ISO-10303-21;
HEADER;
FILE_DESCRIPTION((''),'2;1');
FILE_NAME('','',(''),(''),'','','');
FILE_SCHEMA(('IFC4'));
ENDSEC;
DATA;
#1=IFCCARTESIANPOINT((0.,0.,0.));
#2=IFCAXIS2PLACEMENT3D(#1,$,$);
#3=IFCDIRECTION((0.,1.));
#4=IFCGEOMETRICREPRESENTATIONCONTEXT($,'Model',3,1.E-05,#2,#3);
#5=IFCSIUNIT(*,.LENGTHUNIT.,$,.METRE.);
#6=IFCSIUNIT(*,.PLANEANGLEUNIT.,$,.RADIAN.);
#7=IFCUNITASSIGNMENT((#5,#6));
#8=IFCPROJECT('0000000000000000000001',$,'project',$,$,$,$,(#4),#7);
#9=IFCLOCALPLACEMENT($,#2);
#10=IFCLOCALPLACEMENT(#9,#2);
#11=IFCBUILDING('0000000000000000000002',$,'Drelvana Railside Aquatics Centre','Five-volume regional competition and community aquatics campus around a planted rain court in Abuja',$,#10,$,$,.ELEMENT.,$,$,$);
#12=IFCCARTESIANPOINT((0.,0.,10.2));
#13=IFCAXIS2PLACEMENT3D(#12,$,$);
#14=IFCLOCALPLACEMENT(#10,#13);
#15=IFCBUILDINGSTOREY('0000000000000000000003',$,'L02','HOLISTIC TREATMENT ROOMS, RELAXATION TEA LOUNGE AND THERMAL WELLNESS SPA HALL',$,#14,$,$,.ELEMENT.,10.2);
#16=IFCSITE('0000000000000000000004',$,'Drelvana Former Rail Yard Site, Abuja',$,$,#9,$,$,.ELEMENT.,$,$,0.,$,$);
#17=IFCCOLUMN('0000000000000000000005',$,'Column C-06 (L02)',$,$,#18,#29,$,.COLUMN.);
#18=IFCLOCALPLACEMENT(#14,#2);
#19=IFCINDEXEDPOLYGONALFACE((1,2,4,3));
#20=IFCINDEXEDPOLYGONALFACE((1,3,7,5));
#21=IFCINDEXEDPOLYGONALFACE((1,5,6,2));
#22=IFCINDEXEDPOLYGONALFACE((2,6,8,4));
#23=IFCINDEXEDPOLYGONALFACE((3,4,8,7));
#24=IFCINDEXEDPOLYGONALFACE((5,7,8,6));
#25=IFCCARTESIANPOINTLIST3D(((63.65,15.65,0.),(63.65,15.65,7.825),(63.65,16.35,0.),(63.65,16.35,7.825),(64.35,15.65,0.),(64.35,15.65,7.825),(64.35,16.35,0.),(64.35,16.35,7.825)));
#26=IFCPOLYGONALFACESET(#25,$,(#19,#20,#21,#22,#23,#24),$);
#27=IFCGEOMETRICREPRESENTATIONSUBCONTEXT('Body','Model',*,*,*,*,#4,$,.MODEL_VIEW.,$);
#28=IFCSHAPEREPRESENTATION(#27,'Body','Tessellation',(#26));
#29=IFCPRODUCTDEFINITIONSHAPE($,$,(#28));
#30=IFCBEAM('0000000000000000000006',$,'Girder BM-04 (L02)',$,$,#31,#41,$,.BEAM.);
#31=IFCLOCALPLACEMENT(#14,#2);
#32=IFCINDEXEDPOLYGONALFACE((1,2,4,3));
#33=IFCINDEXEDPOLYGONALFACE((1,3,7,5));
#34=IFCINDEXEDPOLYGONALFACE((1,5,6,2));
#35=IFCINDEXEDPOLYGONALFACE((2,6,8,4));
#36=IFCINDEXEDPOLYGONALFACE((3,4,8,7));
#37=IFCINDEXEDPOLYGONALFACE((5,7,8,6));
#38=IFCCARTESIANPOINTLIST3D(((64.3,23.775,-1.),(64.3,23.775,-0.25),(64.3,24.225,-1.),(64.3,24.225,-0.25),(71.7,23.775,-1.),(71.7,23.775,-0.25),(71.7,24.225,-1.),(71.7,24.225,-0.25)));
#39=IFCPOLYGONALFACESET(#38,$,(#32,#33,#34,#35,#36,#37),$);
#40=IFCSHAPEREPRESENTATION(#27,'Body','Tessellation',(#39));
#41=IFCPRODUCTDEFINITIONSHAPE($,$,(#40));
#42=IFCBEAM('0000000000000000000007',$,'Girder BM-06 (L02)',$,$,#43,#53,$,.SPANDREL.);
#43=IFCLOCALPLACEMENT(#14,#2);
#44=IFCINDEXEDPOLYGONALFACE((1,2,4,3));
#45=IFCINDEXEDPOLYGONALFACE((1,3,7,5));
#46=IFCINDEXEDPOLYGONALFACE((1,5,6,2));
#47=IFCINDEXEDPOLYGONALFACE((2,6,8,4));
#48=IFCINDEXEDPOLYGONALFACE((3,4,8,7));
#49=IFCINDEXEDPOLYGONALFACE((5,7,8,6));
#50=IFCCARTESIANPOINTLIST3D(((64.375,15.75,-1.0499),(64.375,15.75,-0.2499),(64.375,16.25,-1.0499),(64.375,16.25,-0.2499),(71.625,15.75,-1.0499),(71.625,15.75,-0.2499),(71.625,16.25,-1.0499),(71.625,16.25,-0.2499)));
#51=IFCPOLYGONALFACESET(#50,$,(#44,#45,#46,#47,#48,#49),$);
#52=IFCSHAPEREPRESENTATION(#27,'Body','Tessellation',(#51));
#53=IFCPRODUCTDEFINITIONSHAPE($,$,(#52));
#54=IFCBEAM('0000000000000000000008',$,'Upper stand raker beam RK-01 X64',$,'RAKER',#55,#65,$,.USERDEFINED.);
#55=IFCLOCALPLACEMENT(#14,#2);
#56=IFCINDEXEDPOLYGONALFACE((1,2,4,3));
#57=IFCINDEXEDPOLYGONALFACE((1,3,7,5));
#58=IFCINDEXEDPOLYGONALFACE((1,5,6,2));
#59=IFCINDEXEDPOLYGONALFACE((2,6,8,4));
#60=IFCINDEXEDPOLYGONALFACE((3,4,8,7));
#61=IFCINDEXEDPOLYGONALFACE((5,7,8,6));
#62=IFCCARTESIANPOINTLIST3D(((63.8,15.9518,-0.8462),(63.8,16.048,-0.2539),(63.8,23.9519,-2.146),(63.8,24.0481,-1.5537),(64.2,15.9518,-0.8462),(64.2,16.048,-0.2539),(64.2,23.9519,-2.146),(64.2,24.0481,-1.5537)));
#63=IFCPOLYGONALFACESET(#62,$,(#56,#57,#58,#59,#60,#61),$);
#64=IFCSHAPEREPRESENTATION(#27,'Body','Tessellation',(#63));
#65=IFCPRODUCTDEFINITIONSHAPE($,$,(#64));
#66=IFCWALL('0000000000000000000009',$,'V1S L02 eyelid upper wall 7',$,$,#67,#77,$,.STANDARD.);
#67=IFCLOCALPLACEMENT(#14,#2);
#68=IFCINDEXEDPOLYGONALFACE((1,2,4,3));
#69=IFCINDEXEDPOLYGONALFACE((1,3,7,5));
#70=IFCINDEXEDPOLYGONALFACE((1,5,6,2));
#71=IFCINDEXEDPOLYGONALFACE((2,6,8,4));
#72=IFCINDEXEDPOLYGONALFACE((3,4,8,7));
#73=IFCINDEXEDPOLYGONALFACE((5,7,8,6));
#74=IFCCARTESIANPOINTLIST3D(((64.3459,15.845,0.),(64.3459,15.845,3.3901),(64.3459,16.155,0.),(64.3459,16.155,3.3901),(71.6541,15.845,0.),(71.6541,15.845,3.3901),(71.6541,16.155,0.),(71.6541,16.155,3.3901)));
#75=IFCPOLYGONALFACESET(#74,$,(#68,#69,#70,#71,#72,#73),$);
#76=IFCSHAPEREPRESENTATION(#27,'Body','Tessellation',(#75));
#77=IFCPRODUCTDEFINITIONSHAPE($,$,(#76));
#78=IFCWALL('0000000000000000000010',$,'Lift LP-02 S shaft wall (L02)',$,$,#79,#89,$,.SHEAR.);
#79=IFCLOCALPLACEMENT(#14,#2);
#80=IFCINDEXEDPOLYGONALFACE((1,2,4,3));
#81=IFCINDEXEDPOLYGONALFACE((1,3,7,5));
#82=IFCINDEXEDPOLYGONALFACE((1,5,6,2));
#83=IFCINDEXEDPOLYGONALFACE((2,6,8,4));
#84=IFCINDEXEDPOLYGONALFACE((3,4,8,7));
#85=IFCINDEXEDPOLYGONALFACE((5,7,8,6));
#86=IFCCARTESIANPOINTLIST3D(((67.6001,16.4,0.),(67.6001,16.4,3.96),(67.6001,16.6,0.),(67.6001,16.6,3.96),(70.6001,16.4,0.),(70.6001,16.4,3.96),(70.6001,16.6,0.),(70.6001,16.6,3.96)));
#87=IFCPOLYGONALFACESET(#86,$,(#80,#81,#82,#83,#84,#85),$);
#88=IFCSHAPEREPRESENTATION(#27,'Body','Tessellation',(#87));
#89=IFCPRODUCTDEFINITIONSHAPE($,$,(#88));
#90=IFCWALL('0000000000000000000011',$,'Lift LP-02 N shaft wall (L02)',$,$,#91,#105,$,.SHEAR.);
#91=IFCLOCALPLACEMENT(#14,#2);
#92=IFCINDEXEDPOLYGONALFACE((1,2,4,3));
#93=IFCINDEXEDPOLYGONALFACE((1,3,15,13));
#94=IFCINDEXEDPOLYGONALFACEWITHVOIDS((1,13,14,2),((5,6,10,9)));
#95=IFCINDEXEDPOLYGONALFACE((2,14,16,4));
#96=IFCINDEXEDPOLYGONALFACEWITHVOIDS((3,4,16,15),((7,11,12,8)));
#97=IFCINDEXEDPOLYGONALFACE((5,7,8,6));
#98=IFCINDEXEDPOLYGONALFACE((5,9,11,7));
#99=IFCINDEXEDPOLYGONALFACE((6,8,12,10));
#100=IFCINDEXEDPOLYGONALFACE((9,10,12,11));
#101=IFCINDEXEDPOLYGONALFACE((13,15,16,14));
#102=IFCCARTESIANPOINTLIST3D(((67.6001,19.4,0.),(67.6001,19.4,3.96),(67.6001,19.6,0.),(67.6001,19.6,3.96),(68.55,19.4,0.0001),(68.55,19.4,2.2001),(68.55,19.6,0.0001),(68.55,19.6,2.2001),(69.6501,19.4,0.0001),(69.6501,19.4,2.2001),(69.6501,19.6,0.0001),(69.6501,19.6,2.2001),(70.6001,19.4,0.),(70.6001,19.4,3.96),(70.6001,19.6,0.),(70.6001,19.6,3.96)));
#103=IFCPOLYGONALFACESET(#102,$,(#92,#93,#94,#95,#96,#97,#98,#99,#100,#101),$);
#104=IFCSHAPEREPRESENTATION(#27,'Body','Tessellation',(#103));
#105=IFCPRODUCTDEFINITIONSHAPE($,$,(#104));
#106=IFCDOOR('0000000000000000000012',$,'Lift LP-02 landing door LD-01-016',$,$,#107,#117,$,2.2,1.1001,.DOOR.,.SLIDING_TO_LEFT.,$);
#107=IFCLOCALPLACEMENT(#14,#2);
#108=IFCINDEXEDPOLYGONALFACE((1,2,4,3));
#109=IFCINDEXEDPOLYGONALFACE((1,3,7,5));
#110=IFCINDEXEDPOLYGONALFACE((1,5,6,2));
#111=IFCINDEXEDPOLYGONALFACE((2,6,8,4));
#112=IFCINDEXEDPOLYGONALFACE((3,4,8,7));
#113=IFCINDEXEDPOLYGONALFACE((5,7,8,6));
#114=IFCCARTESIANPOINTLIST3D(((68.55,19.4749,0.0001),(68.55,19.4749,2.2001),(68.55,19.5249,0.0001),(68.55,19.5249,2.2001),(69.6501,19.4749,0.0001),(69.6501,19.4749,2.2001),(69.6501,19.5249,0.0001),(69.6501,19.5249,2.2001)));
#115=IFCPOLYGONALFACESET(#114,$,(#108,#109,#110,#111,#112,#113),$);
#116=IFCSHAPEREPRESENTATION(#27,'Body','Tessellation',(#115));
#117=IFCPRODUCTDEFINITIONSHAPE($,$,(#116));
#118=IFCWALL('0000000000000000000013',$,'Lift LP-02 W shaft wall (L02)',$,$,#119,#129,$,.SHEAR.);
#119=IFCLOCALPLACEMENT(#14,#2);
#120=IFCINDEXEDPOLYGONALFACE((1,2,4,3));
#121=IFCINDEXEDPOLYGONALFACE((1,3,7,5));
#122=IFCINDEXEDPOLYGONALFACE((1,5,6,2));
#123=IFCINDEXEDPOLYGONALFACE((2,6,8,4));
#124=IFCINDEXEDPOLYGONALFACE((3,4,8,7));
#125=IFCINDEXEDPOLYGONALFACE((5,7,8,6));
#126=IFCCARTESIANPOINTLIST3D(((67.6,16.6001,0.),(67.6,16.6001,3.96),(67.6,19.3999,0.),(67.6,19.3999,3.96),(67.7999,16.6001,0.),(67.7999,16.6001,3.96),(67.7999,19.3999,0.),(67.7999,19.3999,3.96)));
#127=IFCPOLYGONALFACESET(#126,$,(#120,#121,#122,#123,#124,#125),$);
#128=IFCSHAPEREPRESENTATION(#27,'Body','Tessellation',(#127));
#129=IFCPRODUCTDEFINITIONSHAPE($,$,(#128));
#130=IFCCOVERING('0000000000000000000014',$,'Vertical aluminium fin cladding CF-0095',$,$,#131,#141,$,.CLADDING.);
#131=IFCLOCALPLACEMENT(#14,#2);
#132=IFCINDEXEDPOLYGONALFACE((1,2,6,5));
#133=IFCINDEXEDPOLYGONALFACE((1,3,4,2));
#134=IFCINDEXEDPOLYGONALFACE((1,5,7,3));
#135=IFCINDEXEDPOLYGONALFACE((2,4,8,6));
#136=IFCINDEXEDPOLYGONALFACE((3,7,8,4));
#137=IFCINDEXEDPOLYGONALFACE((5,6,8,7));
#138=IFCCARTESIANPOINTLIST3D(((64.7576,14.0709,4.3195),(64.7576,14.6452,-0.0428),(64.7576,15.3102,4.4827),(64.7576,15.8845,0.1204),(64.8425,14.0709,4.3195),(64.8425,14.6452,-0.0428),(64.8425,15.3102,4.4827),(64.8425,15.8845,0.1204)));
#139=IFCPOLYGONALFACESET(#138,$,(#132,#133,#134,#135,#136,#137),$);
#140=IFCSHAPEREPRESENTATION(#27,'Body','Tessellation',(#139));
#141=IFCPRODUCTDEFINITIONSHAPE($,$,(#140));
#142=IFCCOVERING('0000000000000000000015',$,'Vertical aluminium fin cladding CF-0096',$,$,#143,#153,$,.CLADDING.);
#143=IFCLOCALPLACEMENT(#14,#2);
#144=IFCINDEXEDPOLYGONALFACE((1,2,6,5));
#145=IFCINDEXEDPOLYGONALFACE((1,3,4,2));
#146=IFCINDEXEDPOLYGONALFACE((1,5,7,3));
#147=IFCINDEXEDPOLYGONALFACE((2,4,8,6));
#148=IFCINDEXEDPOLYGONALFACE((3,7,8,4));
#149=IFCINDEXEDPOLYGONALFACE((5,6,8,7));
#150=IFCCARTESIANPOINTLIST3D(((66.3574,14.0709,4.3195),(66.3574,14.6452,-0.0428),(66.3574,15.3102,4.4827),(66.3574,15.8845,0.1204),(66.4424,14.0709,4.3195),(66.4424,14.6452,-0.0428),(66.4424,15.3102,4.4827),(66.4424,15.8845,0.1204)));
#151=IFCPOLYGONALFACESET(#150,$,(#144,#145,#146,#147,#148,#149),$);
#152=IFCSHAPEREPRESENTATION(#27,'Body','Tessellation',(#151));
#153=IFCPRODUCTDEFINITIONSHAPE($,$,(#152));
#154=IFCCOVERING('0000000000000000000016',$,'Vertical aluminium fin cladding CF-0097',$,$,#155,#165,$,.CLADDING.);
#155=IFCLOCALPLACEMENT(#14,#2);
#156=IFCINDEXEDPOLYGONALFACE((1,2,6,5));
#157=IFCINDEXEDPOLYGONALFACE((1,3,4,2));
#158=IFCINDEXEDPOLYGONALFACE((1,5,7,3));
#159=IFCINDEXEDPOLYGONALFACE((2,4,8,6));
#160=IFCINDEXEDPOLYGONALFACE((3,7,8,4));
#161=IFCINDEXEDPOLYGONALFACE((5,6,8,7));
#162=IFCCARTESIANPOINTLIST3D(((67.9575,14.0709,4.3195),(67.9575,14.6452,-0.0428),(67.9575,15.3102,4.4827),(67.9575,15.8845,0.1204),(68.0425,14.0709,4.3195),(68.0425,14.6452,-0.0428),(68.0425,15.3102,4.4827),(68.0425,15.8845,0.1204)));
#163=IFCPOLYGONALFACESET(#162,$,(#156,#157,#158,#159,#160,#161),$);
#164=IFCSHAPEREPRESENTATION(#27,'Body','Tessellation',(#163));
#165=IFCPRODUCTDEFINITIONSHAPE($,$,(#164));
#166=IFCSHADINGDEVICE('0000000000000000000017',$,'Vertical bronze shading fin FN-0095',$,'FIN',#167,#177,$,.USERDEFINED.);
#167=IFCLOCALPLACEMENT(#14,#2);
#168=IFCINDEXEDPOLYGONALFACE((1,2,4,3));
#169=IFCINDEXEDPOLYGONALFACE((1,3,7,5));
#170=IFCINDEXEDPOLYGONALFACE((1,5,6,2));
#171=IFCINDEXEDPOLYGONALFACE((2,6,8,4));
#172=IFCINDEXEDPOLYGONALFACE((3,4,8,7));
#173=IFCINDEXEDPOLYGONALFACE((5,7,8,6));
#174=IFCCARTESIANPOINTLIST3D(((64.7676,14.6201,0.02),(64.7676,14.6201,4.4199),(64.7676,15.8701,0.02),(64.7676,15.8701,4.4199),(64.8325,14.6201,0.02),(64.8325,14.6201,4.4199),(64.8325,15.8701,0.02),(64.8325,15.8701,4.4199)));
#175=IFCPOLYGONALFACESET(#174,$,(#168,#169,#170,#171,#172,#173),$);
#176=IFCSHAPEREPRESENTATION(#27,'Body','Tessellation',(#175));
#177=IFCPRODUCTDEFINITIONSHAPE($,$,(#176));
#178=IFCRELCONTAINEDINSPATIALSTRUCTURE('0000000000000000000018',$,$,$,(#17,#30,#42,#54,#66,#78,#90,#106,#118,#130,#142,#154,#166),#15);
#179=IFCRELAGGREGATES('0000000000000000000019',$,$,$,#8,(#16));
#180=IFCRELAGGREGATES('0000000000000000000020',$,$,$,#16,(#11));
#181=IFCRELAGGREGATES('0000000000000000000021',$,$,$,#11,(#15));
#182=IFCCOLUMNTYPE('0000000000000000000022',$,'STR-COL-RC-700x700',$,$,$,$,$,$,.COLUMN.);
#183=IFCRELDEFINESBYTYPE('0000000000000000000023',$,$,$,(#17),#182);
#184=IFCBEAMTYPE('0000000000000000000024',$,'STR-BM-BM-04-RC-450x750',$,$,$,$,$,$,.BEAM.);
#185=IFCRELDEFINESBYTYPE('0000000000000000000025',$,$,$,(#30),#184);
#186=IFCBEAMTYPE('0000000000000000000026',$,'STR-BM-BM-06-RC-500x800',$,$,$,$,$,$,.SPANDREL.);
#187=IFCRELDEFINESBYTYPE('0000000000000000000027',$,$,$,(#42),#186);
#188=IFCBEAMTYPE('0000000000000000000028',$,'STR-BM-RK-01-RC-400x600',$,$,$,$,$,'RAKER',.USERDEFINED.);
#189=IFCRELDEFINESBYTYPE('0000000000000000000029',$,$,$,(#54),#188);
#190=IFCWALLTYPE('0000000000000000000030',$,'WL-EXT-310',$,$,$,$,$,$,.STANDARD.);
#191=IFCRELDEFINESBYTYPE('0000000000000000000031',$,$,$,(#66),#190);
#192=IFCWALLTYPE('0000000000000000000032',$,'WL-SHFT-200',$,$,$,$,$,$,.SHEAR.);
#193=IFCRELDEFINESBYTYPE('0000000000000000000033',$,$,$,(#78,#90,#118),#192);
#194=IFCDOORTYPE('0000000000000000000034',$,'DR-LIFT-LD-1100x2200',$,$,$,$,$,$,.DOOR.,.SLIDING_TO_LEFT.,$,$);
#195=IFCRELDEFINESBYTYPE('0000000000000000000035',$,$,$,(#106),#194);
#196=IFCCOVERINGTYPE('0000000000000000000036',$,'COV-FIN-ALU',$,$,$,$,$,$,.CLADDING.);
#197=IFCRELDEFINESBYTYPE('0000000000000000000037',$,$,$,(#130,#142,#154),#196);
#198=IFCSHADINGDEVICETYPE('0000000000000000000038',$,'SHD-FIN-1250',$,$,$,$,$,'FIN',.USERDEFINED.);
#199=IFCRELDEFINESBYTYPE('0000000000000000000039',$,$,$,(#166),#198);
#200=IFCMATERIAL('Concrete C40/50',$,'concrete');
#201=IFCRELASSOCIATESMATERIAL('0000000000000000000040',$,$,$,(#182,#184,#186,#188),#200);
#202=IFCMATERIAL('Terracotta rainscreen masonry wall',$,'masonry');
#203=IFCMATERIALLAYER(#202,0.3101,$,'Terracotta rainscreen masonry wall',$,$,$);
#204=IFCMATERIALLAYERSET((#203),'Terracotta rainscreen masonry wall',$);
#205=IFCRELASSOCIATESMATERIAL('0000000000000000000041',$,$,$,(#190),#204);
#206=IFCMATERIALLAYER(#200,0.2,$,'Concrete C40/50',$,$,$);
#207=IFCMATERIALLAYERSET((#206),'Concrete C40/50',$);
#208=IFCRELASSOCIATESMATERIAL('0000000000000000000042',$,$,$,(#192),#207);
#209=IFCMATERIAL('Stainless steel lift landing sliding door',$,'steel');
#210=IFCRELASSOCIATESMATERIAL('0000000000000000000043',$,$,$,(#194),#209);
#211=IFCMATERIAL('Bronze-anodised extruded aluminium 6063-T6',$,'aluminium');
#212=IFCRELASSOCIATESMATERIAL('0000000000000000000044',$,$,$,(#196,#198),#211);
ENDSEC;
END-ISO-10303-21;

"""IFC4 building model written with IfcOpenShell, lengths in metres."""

from ifc_helpers import new_model, si_unit, direction, frame, frame_2d, origin, origin_2d, place, context, subcontext, project, spatial, rectangle, extrude, material, layer, layer_set, material_profile, profile_set, type_object, element, fill, save


model = new_model("IFC4")

# Units and contexts
model_context = context("Model", 3, precision=1e-05, world=origin(), true_north=direction((0.0, 1.0)))
body_context = subcontext(model_context, "Body", "Model", "MODEL_VIEW")
ifc_project = project(units=[si_unit("LENGTHUNIT", "METRE"), si_unit("PLANEANGLEUNIT", "RADIAN")], contexts=[model_context])

# Site, building, storey
site_placement = place(None, origin())
site = spatial("IfcSite", under=ifc_project, at=site_placement, Name="Drelvana Former Rail Yard Site, Abuja", CompositionType="ELEMENT", RefElevation=0.0)
building_placement = place(site_placement, origin())
building = spatial("IfcBuilding", under=site, at=building_placement, Name="Drelvana Railside Aquatics Centre", Description="Five-volume regional competition and community aquatics campus around a planted rain court in Abuja", CompositionType="ELEMENT")
storey_placement = place(building_placement, frame((0.0, 0.0, 10.2)))
storey = spatial("IfcBuildingStorey", under=building, at=storey_placement, Name="L02", Description="HOLISTIC TREATMENT ROOMS, RELAXATION TEA LOUNGE AND THERMAL WELLNESS SPA HALL", CompositionType="ELEMENT", Elevation=10.2)

# Column
ifc_material_1 = material(Name="Concrete C40/50", Category="concrete")
ifc_material_profile_1 = material_profile(ifc_material_1, rectangle(XDim=0.7, YDim=0.7, at=origin_2d()), Name="RC 700x700")
ifc_profile_set_1 = profile_set([ifc_material_profile_1], Name="Concrete C40/50")
column_type = type_object("IfcColumnType", Name="STR-COL-RC-700x700", PredefinedType="COLUMN", material=ifc_profile_set_1)
column_placement = place(storey_placement, frame((64.0, 16.0, 0.0), z_axis=(0.0, 0.0, 1.0), x_axis=(1.0, 0.0, 0.0)))
element("IfcColumn", 1, at=column_placement, inside=storey, type_object=column_type, Name="Column C-06 (L02)", PredefinedType="COLUMN", context=body_context, shape_type="SweptSolid", body=[
    extrude(rectangle(XDim=0.7, YDim=0.7, at=origin_2d()), origin(), (0.0, 0.0, 1.0), 7.825),
])

# Beams
ifc_material_profile_2 = material_profile(ifc_material_1, rectangle(XDim=0.45, YDim=0.75, at=origin_2d()), Name="RC 450x750")
ifc_profile_set_2 = profile_set([ifc_material_profile_2], Name="Concrete C40/50")
beam_type_1 = type_object("IfcBeamType", Name="STR-BM-BM-04-RC-450x750", PredefinedType="BEAM", material=ifc_profile_set_2)
beam_1_placement = place(storey_placement, frame((64.3, 24.0, -0.625), z_axis=(1.0, 0.0, 0.0), x_axis=(0.0, 1.0, 0.0)))
element("IfcBeam", 2, at=beam_1_placement, inside=storey, type_object=beam_type_1, Name="Girder BM-04 (L02)", PredefinedType="BEAM", context=body_context, shape_type="SweptSolid", body=[
    extrude(rectangle(XDim=0.45, YDim=0.75, at=origin_2d()), origin(), (0.0, 0.0, 1.0), 7.3999),
])
ifc_material_profile_3 = material_profile(ifc_material_1, rectangle(XDim=0.5, YDim=0.8, at=origin_2d()), Name="RC 500x800")
ifc_profile_set_3 = profile_set([ifc_material_profile_3], Name="Concrete C40/50")
beam_type_2 = type_object("IfcBeamType", Name="STR-BM-BM-06-RC-500x800", PredefinedType="SPANDREL", material=ifc_profile_set_3)
beam_2_placement = place(storey_placement, frame((64.375, 16.0, -0.6499), z_axis=(1.0, 0.0, 0.0), x_axis=(0.0, 1.0, 0.0)))
element("IfcBeam", 3, at=beam_2_placement, inside=storey, type_object=beam_type_2, Name="Girder BM-06 (L02)", PredefinedType="SPANDREL", context=body_context, shape_type="SweptSolid", body=[
    extrude(rectangle(XDim=0.5, YDim=0.8, at=origin_2d()), origin(), (0.0, 0.0, 1.0), 7.25),
])
ifc_material_profile_4 = material_profile(ifc_material_1, rectangle(XDim=0.3999, YDim=0.6001, at=origin_2d()), Name="RC 400x600")
ifc_profile_set_4 = profile_set([ifc_material_profile_4], Name="Concrete C40/50")
beam_type_3 = type_object("IfcBeamType", Name="STR-BM-RK-01-RC-400x600", ElementType="RAKER", PredefinedType="USERDEFINED", material=ifc_profile_set_4)
beam_3_placement = place(storey_placement, frame((64.0, 24.0, -1.8499), z_axis=(0.0, -0.987057, 0.160373), x_axis=(1.0, 0.0, 0.0)))
element("IfcBeam", 4, at=beam_3_placement, inside=storey, type_object=beam_type_3, Name="Upper stand raker beam RK-01 X64", ObjectType="RAKER", PredefinedType="USERDEFINED", context=body_context, shape_type="SweptSolid", body=[
    extrude(rectangle(XDim=0.3999, YDim=0.6001, at=origin_2d()), origin(), (0.0, 0.0, 1.0), 8.105),
])

# Walls
ifc_material_2 = material(Name="Terracotta rainscreen masonry wall", Category="masonry")
ifc_layer_1 = layer(ifc_material_2, 0.3101, Name="Terracotta rainscreen masonry wall")
ifc_layer_set_1 = layer_set([ifc_layer_1], Name="Terracotta rainscreen masonry wall")
wall_type_1 = type_object("IfcWallType", Name="WL-EXT-310", PredefinedType="STANDARD", material=ifc_layer_set_1)
wall_1_placement = place(storey_placement, frame((64.3459, 16.0, 0.0), z_axis=(0.0, 0.0, 1.0), x_axis=(1.0, 0.0, 0.0)))
element("IfcWall", 5, at=wall_1_placement, inside=storey, type_object=wall_type_1, Name="V1S L02 eyelid upper wall 7", PredefinedType="STANDARD", context=body_context, shape_type="SweptSolid", body=[
    extrude(rectangle(XDim=7.3081, YDim=0.3101, at=frame_2d((3.6541, 0.0))), origin(), (0.0, 0.0, 1.0), 3.3901),
])
ifc_layer_2 = layer(ifc_material_1, 0.2, Name="Concrete C40/50")
ifc_layer_set_2 = layer_set([ifc_layer_2], Name="Concrete C40/50")
wall_type_2 = type_object("IfcWallType", Name="WL-SHFT-200", PredefinedType="SHEAR", material=ifc_layer_set_2)
wall_2_placement = place(storey_placement, frame((67.6001, 16.5, 0.0), z_axis=(0.0, 0.0, 1.0), x_axis=(1.0, 0.0, 0.0)))
element("IfcWall", 6, at=wall_2_placement, inside=storey, type_object=wall_type_2, Name="Lift LP-02 S shaft wall (L02)", PredefinedType="SHEAR", context=body_context, shape_type="SweptSolid", body=[
    extrude(rectangle(XDim=3.0, YDim=0.2, at=frame_2d((1.5, 0.0))), origin(), (0.0, 0.0, 1.0), 3.96),
])

# Wall, opening, door
wall_3_placement = place(storey_placement, frame((67.6001, 19.5, 0.0), z_axis=(0.0, 0.0, 1.0), x_axis=(1.0, 0.0, 0.0)))
wall_3 = element("IfcWall", 7, at=wall_3_placement, inside=storey, type_object=wall_type_2, Name="Lift LP-02 N shaft wall (L02)", PredefinedType="SHEAR", context=body_context, shape_type="SweptSolid", body=[
    extrude(rectangle(XDim=3.0, YDim=0.2, at=frame_2d((1.5, 0.0))), origin(), (0.0, 0.0, 1.0), 3.96),
])
opening_placement = place(wall_3_placement, frame((0.95, 0.0, 0.0)))
opening = element("IfcOpeningElement", 8, at=opening_placement, cuts=wall_3, PredefinedType="OPENING", context=body_context, shape_type="SweptSolid", body=[
    extrude(rectangle(XDim=1.1001, YDim=2.2, at=frame_2d((0.55, 1.1001))), frame((0.0, 0.1099, 0.0), z_axis=(0.0, -1.0, 0.0), x_axis=(1.0, 0.0, 0.0)), (0.0, 0.0, 1.0), 0.22),
])
ifc_material_3 = material(Name="Stainless steel lift landing sliding door", Category="steel")
door_type = type_object("IfcDoorType", Name="DR-LIFT-LD-1100x2200", OperationType="SLIDING_TO_LEFT", PredefinedType="DOOR", material=ifc_material_3)
door_placement = place(opening_placement, origin())
door = element("IfcDoor", 9, at=door_placement, inside=storey, type_object=door_type, Name="Lift LP-02 landing door LD-01-016", OperationType="SLIDING_TO_LEFT", OverallHeight=2.2, OverallWidth=1.1001, PredefinedType="DOOR", context=body_context, shape_type="SweptSolid", body=[
    extrude(rectangle(XDim=1.1001, YDim=2.2, at=frame_2d((0.55, 1.1001))), frame((0.0, 0.0249, 0.0), z_axis=(0.0, -1.0, 0.0), x_axis=(1.0, 0.0, 0.0)), (0.0, 0.0, 1.0), 0.05),
])
fill(opening, door)

# Wall
wall_4_placement = place(storey_placement, frame((67.7, 16.6001, 0.0), z_axis=(0.0, 0.0, 1.0), x_axis=(0.0, 1.0, 0.0)))
element("IfcWall", 10, at=wall_4_placement, inside=storey, type_object=wall_type_2, Name="Lift LP-02 W shaft wall (L02)", PredefinedType="SHEAR", context=body_context, shape_type="SweptSolid", body=[
    extrude(rectangle(XDim=2.7998, YDim=0.2, at=frame_2d((1.3999, 0.0))), origin(), (0.0, 0.0, 1.0), 3.96),
])

# Coverings
ifc_material_4 = material(Name="Bronze-anodised extruded aluminium 6063-T6", Category="aluminium")
covering_type = type_object("IfcCoveringType", Name="COV-FIN-ALU", PredefinedType="CLADDING", material=ifc_material_4)
for number, where, z_axis, x_axis, name in (
    (11, (64.8, 15.2649, 0.0388), (0.0, -0.130526, 0.991445), (-1.0, 0.0, 0.0), "Vertical aluminium fin cladding CF-0095"),
    (12, (66.3999, 15.2649, 0.0388), (0.0, -0.130526, 0.991445), (-1.0, 0.0, 0.0), "Vertical aluminium fin cladding CF-0096"),
    (13, (68.0, 15.2649, 0.0388), (0.0, -0.130526, 0.991445), (-1.0, 0.0, 0.0), "Vertical aluminium fin cladding CF-0097"),
):
    element("IfcCovering", number, at=place(storey_placement, frame(where, z_axis=z_axis, x_axis=x_axis)), inside=storey, type_object=covering_type, Name=name, PredefinedType="CLADDING", context=body_context, shape_type="SweptSolid", body=[
        extrude(rectangle(XDim=0.085, YDim=1.25, at=origin_2d()), origin(), (0.0, 0.0, 1.0), 4.3999),
    ])

# Shading device
shading_device_type = type_object("IfcShadingDeviceType", Name="SHD-FIN-1250", ElementType="FIN", PredefinedType="USERDEFINED", material=ifc_material_4)
for number, where, z_axis, x_axis, name in (
    (14, (64.8, 15.2451, 0.02), (0.0, 0.0, 1.0), (0.0, -1.0, 0.0), "Vertical bronze shading fin FN-0095"),
):
    element("IfcShadingDevice", number, at=place(storey_placement, frame(where, z_axis=z_axis, x_axis=x_axis)), inside=storey, type_object=shading_device_type, Name=name, ObjectType="FIN", PredefinedType="USERDEFINED", context=body_context, shape_type="SweptSolid", body=[
        extrude(rectangle(XDim=1.25, YDim=0.0649, at=origin_2d()), origin(), (0.0, 0.0, 1.0), 4.3999),
    ])

save(model, "model.ifc")
